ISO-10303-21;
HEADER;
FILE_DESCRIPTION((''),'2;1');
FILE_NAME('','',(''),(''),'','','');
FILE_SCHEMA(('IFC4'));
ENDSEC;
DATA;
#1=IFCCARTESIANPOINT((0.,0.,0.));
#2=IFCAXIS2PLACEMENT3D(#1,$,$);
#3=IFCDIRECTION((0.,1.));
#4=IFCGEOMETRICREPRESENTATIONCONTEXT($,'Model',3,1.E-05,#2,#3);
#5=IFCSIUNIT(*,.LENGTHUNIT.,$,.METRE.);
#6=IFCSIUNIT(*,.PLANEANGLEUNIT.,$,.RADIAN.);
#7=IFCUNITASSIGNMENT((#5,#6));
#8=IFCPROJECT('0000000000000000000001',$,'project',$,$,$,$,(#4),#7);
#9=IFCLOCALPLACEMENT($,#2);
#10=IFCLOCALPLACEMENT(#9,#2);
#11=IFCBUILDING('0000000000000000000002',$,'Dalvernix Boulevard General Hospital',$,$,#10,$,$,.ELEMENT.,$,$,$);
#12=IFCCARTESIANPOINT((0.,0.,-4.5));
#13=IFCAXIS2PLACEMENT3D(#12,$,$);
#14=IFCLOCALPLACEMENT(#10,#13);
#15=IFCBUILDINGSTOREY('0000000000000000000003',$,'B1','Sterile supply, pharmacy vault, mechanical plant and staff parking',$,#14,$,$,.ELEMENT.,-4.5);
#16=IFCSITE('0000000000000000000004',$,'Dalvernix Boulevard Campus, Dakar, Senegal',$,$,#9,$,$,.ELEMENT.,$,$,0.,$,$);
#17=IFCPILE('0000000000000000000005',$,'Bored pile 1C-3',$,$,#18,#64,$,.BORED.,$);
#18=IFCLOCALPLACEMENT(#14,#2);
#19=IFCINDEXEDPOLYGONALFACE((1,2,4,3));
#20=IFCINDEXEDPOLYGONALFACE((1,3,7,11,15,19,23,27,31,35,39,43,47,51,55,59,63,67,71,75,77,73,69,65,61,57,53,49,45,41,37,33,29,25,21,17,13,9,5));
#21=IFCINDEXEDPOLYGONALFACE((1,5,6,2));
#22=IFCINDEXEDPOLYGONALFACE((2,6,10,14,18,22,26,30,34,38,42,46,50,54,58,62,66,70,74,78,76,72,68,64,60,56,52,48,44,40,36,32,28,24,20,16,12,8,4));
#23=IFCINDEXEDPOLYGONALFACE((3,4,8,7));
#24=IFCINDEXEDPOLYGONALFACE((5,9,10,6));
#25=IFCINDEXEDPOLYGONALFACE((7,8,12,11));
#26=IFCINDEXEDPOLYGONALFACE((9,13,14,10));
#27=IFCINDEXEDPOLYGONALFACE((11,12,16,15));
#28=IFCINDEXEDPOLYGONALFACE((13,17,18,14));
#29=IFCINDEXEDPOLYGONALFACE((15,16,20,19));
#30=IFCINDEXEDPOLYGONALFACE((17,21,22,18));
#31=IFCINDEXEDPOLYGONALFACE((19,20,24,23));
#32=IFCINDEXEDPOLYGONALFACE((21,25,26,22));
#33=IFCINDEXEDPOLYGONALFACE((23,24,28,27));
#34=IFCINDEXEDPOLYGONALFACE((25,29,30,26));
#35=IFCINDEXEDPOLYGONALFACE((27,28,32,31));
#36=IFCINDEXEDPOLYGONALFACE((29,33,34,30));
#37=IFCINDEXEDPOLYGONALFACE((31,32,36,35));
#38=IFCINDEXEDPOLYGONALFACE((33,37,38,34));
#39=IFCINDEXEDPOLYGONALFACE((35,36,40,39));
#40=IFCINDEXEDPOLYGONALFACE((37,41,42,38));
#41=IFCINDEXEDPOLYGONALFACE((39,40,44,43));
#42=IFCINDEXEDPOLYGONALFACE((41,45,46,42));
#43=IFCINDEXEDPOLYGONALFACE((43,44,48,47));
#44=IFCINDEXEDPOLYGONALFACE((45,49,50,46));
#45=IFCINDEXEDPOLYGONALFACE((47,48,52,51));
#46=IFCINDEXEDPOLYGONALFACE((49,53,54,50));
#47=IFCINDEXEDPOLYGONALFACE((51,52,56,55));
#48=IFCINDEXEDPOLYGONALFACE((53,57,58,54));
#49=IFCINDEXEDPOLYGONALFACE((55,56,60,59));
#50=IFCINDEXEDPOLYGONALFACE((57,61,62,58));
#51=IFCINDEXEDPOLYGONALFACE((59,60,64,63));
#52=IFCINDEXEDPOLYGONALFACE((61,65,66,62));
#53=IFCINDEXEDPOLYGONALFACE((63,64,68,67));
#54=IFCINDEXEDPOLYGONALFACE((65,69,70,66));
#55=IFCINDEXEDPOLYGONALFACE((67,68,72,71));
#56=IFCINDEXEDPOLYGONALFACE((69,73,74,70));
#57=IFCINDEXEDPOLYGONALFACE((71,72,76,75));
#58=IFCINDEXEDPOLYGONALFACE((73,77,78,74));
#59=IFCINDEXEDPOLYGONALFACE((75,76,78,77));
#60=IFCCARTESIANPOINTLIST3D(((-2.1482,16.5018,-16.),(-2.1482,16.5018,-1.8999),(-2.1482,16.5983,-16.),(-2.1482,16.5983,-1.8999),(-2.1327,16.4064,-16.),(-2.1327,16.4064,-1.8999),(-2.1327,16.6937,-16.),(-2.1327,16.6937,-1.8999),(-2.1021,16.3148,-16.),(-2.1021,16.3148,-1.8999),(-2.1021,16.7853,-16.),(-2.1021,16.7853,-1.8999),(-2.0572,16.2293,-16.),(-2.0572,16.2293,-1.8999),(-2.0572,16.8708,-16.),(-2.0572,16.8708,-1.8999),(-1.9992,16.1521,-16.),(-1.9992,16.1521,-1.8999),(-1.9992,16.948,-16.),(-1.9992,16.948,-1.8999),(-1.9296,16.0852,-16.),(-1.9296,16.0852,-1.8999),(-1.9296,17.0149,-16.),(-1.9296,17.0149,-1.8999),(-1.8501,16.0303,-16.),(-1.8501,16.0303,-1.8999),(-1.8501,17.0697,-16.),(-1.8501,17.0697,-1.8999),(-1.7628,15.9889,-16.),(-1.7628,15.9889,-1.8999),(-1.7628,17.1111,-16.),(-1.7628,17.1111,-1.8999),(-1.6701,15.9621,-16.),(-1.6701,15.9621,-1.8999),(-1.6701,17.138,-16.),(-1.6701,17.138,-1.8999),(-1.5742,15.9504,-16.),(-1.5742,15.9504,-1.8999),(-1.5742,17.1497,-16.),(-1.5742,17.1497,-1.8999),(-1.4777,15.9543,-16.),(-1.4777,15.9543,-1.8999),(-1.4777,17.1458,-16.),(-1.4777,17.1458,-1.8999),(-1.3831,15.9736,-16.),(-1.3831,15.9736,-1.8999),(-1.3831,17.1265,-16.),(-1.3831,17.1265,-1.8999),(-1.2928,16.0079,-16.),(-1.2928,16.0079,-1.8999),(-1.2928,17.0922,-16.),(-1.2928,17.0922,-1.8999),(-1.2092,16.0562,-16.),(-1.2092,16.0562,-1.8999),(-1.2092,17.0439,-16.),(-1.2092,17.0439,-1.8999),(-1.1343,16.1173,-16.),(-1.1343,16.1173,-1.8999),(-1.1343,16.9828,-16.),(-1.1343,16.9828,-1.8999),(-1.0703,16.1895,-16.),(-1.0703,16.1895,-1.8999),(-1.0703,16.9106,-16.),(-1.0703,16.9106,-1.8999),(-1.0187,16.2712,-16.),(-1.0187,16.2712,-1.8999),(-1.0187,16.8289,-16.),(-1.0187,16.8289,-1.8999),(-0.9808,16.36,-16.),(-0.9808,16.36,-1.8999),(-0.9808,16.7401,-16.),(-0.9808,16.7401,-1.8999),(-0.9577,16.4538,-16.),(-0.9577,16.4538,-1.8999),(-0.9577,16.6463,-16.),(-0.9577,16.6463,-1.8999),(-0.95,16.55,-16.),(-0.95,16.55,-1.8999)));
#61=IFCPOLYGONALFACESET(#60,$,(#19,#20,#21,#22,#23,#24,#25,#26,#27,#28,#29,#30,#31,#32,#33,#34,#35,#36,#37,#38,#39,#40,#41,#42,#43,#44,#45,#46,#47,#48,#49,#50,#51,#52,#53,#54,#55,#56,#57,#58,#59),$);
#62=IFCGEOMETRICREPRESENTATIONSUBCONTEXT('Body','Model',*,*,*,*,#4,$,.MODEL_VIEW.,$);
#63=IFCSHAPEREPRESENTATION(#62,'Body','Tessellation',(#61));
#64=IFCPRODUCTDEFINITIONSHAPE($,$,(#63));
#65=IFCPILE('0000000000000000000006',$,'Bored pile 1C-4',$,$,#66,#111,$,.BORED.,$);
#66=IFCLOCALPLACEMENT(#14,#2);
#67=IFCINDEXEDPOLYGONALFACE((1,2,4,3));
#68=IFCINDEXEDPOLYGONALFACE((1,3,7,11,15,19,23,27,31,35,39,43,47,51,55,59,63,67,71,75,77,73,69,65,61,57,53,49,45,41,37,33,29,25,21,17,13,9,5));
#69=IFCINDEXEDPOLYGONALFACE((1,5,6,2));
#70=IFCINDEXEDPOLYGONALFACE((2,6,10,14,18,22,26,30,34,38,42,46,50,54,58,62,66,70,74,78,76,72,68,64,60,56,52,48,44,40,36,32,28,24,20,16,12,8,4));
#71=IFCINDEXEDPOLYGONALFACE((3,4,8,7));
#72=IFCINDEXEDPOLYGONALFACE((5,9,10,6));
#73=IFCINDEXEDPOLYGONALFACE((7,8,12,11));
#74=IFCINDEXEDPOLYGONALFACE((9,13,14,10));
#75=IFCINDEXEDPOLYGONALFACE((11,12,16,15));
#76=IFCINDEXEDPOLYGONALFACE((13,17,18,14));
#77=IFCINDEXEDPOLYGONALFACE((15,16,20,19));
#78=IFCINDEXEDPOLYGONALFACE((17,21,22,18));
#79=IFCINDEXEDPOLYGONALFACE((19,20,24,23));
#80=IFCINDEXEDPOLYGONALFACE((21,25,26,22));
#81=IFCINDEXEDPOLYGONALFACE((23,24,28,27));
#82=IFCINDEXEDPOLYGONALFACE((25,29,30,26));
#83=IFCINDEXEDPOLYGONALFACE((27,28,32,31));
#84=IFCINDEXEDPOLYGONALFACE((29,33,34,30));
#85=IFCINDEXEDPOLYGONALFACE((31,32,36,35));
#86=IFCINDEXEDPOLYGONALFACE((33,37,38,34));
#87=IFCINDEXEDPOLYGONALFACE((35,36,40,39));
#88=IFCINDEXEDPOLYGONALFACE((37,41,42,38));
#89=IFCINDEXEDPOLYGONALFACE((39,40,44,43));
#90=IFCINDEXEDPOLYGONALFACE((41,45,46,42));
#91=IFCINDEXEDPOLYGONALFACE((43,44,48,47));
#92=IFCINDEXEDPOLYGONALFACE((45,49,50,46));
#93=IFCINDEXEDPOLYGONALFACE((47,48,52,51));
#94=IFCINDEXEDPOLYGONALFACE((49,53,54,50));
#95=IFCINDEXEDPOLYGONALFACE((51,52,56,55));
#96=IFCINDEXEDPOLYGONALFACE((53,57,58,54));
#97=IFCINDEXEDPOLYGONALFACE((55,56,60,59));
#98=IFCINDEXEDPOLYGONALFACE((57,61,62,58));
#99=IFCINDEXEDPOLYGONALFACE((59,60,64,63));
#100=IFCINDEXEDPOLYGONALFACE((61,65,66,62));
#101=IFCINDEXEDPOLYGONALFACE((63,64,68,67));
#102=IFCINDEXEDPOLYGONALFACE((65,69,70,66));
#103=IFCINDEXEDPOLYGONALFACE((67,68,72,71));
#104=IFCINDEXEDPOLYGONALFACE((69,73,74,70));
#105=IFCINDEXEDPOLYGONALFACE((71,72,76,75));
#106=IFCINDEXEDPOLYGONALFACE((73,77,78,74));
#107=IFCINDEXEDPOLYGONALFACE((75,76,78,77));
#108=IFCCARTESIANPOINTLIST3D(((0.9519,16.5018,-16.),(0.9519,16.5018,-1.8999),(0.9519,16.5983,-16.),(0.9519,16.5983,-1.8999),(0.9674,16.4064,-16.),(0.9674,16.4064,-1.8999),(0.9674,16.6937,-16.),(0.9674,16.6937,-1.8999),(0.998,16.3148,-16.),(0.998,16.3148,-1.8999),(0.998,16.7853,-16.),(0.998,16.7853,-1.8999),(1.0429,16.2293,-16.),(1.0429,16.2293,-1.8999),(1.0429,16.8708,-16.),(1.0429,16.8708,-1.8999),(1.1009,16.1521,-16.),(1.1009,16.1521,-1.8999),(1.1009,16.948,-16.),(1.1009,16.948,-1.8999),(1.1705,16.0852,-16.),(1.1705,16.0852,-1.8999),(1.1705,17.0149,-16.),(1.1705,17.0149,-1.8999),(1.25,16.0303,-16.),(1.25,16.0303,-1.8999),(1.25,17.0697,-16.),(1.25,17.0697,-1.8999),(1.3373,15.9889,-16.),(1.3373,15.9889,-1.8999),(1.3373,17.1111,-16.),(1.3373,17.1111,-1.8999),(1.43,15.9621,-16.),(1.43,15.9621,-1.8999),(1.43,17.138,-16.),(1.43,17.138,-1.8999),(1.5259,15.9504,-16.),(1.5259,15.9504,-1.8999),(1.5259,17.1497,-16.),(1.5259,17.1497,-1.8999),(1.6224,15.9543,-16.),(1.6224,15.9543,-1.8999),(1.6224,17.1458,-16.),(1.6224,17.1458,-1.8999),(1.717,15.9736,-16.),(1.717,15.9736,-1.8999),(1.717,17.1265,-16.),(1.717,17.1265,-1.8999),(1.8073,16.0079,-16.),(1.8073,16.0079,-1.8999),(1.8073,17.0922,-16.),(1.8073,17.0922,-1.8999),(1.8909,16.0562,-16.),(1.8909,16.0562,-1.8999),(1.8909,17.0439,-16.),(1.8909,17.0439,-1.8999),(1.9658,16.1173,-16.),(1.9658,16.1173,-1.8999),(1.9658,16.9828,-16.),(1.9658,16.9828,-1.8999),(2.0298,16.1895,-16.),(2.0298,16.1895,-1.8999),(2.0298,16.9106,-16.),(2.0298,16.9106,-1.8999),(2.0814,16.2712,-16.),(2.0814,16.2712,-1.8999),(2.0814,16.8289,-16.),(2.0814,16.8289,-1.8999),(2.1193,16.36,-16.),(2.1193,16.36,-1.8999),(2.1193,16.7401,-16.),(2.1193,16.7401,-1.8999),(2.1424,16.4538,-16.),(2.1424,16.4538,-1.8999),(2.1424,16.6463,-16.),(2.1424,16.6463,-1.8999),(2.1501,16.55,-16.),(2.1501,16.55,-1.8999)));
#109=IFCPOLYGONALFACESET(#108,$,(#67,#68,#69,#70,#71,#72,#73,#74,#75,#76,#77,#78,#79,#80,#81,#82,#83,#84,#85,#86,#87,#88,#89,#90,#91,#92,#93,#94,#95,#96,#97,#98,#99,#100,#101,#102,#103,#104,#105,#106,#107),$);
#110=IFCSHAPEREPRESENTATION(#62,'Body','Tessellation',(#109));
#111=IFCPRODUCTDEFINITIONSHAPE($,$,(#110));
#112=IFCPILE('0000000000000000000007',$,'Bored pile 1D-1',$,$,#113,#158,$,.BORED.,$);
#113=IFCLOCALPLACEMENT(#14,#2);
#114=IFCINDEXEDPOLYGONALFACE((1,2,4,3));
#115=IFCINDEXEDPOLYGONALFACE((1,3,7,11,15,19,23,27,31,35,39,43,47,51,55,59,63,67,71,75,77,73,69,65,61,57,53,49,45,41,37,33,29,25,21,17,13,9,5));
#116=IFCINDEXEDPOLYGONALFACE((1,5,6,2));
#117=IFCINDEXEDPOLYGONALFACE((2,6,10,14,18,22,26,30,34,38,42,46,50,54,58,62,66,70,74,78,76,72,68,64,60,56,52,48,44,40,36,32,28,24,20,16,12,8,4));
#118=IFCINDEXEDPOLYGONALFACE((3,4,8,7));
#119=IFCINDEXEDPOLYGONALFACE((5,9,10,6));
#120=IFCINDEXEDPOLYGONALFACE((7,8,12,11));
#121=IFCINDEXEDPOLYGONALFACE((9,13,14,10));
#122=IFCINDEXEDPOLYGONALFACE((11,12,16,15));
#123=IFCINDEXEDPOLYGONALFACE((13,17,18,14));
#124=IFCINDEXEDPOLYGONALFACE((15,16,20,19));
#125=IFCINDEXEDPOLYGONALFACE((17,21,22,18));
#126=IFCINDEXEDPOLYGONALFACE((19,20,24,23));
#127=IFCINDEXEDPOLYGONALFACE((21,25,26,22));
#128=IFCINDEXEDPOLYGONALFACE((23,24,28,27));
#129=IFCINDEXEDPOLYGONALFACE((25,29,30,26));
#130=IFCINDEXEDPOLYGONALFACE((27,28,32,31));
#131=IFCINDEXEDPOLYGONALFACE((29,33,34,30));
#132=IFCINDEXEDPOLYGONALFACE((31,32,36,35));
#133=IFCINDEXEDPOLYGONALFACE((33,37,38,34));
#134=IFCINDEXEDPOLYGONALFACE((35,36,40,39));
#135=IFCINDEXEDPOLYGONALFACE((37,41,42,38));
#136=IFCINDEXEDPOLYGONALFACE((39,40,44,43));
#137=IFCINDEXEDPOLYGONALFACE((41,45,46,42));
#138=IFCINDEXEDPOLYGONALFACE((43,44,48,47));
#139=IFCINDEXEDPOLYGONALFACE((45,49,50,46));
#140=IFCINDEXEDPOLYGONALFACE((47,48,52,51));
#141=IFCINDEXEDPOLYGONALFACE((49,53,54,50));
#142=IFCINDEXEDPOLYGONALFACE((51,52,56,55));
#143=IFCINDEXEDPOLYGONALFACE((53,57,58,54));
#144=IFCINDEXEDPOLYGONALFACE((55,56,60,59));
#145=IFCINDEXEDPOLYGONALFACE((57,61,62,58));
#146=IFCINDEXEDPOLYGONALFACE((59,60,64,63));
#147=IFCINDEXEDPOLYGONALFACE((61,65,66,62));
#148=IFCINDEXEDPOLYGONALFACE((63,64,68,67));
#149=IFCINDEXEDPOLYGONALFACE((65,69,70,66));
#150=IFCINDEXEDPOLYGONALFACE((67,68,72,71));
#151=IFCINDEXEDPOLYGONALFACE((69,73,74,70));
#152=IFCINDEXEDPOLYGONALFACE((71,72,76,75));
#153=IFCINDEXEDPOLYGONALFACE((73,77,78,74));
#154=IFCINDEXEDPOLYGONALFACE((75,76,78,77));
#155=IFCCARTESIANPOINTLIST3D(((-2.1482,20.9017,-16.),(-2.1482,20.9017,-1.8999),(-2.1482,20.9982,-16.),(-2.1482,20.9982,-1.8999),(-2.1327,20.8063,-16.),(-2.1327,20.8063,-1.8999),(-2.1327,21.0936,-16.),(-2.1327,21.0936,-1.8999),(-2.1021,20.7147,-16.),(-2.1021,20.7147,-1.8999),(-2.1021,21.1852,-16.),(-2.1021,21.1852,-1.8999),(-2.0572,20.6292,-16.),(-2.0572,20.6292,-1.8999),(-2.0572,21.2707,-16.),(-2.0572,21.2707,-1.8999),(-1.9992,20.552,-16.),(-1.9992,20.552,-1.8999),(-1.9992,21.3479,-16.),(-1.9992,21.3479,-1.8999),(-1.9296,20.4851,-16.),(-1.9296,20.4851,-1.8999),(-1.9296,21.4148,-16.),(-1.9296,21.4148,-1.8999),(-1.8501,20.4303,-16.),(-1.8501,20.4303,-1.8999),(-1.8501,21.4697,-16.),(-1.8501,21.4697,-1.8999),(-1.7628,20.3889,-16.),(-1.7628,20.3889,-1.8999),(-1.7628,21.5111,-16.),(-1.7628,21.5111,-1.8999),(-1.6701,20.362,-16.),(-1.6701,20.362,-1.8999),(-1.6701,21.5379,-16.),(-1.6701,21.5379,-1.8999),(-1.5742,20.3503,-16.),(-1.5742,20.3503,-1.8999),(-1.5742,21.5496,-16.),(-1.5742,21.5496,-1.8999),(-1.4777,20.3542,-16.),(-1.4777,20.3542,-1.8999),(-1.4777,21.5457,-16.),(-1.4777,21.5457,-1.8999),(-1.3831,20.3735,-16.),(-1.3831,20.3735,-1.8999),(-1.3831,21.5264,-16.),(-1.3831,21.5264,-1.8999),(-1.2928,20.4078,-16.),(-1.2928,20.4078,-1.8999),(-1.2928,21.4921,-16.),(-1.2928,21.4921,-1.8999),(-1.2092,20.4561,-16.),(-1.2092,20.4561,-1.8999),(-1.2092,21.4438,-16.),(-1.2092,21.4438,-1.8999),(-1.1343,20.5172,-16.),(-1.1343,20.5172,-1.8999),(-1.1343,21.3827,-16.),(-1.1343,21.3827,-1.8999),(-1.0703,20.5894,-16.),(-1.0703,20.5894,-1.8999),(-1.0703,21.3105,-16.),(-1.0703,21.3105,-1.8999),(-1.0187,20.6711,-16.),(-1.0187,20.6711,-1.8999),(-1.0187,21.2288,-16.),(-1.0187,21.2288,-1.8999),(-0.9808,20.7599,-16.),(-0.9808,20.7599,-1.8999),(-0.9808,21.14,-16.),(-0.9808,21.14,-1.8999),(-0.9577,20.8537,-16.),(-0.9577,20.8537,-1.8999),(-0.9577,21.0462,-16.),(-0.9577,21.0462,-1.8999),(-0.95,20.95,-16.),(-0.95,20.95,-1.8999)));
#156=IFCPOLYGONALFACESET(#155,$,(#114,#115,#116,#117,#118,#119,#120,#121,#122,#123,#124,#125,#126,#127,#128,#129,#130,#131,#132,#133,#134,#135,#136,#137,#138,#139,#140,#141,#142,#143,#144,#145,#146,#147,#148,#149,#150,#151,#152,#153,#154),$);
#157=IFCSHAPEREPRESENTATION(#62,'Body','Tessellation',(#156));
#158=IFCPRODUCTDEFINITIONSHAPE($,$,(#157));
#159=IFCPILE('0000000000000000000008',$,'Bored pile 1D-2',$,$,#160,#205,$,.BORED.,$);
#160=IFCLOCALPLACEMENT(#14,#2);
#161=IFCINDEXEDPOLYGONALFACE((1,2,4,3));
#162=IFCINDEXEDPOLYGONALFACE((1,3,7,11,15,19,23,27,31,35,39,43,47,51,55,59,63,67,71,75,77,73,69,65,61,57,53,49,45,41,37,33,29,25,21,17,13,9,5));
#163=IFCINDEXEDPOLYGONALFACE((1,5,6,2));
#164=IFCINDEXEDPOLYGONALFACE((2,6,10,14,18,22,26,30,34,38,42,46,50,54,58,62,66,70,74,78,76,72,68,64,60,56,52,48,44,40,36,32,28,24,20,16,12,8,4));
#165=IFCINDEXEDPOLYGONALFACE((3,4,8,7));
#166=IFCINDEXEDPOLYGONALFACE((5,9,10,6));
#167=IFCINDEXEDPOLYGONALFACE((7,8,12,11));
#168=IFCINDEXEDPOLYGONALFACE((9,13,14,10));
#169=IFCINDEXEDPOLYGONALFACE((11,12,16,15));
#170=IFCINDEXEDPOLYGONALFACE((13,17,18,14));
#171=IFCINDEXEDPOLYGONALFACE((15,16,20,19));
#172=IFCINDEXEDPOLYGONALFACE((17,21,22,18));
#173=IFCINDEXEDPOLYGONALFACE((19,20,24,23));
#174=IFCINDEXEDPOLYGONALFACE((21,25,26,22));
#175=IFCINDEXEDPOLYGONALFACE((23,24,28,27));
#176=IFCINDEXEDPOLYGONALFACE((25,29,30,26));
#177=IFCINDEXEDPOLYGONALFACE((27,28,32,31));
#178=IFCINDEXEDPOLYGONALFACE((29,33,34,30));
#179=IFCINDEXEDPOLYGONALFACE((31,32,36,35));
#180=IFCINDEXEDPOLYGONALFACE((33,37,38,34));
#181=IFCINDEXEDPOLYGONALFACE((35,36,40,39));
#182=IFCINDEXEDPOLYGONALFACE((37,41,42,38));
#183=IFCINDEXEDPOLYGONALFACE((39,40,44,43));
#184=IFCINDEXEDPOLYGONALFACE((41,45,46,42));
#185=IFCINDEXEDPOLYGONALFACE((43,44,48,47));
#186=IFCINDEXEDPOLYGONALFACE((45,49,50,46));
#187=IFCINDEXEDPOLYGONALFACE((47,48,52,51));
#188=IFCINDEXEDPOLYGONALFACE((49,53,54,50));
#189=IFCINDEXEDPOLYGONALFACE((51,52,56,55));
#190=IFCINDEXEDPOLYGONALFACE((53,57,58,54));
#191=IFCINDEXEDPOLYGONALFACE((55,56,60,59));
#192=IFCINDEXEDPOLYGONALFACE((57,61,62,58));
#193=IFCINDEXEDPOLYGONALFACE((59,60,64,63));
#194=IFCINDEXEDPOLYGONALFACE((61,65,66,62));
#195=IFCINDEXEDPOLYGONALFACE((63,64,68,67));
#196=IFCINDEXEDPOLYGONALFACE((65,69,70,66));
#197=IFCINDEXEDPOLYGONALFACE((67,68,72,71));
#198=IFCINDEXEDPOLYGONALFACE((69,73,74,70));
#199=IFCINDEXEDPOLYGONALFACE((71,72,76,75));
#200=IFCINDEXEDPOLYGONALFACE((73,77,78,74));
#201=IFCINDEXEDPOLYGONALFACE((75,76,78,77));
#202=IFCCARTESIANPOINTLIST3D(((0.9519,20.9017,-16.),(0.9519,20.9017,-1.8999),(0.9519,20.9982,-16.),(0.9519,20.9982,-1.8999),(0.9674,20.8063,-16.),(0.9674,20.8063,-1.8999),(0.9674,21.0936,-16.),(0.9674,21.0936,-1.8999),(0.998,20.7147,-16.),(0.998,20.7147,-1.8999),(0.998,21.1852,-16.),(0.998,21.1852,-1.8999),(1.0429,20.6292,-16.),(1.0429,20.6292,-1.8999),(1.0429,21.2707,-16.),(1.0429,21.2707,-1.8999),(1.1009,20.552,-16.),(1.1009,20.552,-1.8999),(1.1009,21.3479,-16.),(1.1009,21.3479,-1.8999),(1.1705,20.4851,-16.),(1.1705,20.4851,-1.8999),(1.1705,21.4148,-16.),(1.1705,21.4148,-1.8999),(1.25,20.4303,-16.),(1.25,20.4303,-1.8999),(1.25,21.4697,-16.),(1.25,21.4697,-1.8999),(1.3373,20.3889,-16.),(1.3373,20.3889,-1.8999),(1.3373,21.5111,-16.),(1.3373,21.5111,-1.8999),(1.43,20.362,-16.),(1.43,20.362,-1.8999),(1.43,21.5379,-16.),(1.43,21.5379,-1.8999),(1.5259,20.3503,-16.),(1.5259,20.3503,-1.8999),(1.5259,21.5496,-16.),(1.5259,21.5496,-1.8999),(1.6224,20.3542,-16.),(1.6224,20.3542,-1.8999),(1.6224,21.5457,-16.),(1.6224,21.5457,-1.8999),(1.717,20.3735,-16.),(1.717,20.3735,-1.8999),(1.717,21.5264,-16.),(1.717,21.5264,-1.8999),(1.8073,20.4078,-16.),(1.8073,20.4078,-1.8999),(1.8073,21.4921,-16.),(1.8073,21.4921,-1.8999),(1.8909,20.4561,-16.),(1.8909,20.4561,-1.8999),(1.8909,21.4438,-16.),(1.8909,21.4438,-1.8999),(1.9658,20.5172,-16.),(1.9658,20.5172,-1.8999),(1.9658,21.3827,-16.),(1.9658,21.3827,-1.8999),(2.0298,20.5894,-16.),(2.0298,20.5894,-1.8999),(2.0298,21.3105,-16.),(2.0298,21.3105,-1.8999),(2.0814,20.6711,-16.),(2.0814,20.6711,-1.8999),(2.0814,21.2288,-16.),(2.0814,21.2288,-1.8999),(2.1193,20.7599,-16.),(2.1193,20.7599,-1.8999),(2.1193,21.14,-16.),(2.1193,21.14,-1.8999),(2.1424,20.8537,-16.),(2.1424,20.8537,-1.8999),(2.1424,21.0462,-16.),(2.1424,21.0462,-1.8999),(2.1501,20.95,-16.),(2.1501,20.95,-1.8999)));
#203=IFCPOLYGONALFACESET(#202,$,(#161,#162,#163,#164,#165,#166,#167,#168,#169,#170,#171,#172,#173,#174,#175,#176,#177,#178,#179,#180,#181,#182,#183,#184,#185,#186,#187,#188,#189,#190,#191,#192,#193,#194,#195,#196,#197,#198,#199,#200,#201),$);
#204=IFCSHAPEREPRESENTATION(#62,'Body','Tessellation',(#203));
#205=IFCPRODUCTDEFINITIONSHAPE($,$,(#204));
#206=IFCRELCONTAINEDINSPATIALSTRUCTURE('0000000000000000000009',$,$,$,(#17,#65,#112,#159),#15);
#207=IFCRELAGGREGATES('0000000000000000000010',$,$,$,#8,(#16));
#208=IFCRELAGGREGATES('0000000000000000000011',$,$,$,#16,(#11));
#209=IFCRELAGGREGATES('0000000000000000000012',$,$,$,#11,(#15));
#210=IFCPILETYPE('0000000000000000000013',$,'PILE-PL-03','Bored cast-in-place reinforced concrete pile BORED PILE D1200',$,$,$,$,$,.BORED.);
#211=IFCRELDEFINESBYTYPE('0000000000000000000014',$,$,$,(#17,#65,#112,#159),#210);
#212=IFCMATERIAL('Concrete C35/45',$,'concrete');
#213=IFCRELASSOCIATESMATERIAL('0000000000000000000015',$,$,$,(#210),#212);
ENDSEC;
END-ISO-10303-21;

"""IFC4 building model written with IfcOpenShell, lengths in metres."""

from ifc_helpers import new_model, si_unit, direction, frame, origin, origin_2d, place, context, subcontext, project, spatial, circle, extrude, material, material_profile, profile_set, type_object, element, save


model = new_model("IFC4")

# Units and contexts
model_context = context("Model", 3, precision=1e-05, world=origin(), true_north=direction((0.0, 1.0)))
body_context = subcontext(model_context, "Body", "Model", "MODEL_VIEW")
ifc_project = project(units=[si_unit("LENGTHUNIT", "METRE"), si_unit("PLANEANGLEUNIT", "RADIAN")], contexts=[model_context])

# Site, building, storey
site_placement = place(None, origin())
site = spatial("IfcSite", under=ifc_project, at=site_placement, Name="Dalvernix Boulevard Campus, Dakar, Senegal", CompositionType="ELEMENT", RefElevation=0.0)
building_placement = place(site_placement, origin())
building = spatial("IfcBuilding", under=site, at=building_placement, Name="Dalvernix Boulevard General Hospital", CompositionType="ELEMENT")
storey_placement = place(building_placement, frame((0.0, 0.0, -4.5)))
storey = spatial("IfcBuildingStorey", under=building, at=storey_placement, Name="B1", Description="Sterile supply, pharmacy vault, mechanical plant and staff parking", CompositionType="ELEMENT", Elevation=-4.5)

# Shared definitions
ifc_material_1 = material(Name="Concrete C35/45", Category="concrete")

# Piles
ifc_material_profile_1 = material_profile(ifc_material_1, circle(Radius=0.6001, at=origin_2d()), Name="BORED PILE D1200")
ifc_profile_set_1 = profile_set([ifc_material_profile_1], Name="Concrete C35/45")
pile_type = type_object("IfcPileType", Name="PILE-PL-03", Description="Bored cast-in-place reinforced concrete pile BORED PILE D1200", PredefinedType="BORED", material=ifc_profile_set_1)
for number, where, z_axis, x_axis, name in (
    (1, (-1.55, 16.55, -1.8999), (0.0, 0.0, -1.0), (1.0, 0.0, 0.0), "Bored pile 1C-3"),
    (2, (1.55, 16.55, -1.8999), (0.0, 0.0, -1.0), (1.0, 0.0, 0.0), "Bored pile 1C-4"),
    (3, (-1.55, 20.95, -1.8999), (0.0, 0.0, -1.0), (1.0, 0.0, 0.0), "Bored pile 1D-1"),
    (4, (1.55, 20.95, -1.8999), (0.0, 0.0, -1.0), (1.0, 0.0, 0.0), "Bored pile 1D-2"),
):
    element("IfcPile", number, at=place(storey_placement, frame(where, z_axis=z_axis, x_axis=x_axis)), inside=storey, type_object=pile_type, Name=name, PredefinedType="BORED", context=body_context, shape_type="SweptSolid", body=[
        extrude(circle(Radius=0.6001, at=origin_2d()), origin(), (0.0, 0.0, 1.0), 14.1001),
    ])

save(model, "model.ifc")
